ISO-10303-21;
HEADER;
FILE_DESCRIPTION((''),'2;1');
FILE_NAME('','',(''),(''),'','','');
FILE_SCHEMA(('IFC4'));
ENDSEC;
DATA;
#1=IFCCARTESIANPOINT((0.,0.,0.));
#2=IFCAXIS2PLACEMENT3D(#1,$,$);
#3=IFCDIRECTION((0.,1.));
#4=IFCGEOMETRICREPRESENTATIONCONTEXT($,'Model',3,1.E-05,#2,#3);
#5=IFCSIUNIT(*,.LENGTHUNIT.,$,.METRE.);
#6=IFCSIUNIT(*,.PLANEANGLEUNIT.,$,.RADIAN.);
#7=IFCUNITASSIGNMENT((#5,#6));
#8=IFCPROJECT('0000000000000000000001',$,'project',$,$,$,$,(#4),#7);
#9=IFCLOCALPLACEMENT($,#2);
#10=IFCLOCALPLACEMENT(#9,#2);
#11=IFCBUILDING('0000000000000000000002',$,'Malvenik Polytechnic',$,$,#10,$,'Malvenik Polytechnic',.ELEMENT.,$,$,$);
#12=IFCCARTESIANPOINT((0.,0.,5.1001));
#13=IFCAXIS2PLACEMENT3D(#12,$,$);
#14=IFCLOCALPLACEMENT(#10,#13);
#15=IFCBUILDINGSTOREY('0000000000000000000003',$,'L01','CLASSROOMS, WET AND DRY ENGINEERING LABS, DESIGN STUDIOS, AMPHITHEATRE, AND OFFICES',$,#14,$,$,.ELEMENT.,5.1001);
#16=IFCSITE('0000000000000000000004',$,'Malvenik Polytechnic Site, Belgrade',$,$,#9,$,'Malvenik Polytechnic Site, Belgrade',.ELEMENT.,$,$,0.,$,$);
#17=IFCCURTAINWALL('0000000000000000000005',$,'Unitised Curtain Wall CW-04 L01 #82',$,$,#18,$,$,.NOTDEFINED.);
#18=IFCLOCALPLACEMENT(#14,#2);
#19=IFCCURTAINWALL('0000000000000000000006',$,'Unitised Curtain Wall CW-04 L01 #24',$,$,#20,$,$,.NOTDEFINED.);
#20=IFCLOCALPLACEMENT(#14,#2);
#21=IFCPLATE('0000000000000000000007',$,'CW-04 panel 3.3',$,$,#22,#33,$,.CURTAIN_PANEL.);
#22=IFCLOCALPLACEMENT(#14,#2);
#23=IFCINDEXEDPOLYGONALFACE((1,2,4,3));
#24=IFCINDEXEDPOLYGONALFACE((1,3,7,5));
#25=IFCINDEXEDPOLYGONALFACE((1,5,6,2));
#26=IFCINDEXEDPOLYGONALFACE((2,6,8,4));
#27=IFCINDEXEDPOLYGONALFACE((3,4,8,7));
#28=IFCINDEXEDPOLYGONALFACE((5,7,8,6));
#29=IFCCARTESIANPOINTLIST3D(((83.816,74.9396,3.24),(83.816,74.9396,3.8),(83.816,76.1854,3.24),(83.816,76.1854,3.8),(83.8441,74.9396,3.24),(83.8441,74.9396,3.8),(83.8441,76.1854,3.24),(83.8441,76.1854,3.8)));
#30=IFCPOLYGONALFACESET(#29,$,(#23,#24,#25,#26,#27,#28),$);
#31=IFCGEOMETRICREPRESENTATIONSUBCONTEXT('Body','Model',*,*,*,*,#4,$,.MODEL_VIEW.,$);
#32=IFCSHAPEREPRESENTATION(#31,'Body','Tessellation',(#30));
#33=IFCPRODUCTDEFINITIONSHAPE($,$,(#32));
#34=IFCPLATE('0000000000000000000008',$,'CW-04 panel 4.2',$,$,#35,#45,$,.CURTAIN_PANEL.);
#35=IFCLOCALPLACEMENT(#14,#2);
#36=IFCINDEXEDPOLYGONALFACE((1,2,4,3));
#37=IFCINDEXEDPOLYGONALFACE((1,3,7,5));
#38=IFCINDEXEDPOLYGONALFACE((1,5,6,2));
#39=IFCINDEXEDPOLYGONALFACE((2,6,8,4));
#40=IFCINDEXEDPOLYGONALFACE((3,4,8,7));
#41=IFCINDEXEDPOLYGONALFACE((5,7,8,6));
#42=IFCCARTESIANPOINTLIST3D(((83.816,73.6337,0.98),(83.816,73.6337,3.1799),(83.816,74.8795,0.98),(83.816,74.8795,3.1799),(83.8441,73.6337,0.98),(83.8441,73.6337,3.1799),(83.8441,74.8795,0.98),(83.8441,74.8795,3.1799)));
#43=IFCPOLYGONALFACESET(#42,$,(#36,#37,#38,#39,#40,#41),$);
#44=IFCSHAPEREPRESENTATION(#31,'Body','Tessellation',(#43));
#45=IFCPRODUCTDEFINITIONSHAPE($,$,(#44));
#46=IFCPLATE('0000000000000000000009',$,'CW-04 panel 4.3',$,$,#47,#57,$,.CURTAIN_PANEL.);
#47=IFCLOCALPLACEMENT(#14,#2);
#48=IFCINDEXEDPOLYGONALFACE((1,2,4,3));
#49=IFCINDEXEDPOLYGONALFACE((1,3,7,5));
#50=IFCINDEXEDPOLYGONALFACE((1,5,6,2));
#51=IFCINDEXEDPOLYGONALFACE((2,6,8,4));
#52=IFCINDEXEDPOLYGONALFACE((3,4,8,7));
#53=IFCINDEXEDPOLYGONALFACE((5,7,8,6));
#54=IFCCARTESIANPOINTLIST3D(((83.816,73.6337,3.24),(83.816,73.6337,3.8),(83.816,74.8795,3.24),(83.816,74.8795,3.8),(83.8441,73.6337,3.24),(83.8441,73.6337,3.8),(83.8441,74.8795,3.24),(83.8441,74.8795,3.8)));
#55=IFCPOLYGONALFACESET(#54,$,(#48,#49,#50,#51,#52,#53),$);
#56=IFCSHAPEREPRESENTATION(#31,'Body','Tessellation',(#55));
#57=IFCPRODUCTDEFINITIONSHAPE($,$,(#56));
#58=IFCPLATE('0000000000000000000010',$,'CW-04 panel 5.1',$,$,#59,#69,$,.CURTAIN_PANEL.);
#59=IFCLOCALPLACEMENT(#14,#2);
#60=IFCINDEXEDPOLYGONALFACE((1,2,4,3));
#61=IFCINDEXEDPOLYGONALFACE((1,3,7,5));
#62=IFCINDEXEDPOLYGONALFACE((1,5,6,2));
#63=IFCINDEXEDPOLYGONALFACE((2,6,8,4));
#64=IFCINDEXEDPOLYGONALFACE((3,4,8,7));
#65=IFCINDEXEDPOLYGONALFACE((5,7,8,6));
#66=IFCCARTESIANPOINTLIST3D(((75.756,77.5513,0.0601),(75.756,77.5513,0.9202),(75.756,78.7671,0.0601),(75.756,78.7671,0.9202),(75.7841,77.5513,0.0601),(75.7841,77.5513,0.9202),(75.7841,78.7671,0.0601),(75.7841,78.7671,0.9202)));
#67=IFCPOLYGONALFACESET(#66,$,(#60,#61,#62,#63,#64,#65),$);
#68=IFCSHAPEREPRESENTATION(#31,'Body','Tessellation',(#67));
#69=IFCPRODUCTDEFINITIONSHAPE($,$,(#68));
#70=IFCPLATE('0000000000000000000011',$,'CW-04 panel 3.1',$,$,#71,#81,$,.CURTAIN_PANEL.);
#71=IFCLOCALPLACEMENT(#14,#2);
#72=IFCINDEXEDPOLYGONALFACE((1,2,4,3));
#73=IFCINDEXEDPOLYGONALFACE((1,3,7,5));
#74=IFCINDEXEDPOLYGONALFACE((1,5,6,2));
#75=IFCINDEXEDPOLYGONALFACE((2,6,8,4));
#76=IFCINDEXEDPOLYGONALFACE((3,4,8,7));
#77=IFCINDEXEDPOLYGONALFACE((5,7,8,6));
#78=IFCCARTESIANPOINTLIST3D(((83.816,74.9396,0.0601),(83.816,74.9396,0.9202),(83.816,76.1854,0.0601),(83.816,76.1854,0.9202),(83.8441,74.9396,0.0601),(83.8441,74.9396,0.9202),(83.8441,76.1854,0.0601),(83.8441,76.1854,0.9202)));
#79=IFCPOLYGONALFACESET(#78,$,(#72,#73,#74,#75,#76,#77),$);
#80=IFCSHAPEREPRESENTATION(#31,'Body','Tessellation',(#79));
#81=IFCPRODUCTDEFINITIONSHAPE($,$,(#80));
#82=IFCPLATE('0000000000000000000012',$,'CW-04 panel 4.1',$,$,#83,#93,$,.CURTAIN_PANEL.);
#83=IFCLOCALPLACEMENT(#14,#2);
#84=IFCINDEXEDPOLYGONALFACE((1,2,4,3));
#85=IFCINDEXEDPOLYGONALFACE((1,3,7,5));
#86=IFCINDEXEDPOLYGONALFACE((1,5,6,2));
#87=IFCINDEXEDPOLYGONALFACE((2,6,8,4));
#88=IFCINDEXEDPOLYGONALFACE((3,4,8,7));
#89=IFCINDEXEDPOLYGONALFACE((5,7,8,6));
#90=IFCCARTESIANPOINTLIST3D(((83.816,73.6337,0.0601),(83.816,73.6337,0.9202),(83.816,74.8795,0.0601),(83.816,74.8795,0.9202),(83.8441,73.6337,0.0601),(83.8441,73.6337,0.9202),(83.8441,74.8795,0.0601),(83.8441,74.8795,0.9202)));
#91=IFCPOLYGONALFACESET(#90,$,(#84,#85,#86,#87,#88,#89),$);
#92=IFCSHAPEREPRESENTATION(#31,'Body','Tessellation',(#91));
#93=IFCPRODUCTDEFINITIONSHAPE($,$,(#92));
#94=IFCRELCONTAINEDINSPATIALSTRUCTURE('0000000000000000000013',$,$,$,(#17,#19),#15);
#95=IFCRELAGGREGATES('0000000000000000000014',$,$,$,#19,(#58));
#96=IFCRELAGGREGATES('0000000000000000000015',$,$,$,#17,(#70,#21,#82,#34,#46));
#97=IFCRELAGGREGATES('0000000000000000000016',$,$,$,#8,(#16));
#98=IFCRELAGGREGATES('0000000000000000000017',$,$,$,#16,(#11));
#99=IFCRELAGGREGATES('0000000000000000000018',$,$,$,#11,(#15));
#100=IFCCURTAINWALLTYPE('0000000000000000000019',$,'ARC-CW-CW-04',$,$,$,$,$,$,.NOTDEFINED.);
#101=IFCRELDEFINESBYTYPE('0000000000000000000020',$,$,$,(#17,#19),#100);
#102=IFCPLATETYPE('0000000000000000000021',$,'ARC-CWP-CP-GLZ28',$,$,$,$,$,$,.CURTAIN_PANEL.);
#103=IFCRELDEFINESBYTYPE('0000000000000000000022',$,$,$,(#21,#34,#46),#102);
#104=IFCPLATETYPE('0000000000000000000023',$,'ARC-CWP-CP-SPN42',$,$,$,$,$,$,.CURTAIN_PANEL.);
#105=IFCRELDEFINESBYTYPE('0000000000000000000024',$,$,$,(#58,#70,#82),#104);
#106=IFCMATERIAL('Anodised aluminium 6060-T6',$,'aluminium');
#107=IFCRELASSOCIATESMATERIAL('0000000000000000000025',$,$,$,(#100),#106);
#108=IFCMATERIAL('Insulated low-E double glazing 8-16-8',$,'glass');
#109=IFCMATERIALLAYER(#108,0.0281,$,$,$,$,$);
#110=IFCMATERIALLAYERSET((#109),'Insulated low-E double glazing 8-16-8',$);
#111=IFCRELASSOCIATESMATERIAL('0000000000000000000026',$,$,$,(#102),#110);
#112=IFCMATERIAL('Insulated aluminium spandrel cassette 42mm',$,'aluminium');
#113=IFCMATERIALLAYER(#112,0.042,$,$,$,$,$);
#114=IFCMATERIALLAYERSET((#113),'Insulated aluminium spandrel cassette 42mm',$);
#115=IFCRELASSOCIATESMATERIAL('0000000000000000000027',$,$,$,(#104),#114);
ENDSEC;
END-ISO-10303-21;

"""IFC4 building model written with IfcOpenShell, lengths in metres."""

from ifc_helpers import new_model, si_unit, direction, frame, origin, origin_2d, place, context, subcontext, project, spatial, rectangle, extrude, material, layer, layer_set, type_object, element, aggregate, save


model = new_model("IFC4")

# Units and contexts
model_context = context("Model", 3, precision=1e-05, world=origin(), true_north=direction((0.0, 1.0)))
body_context = subcontext(model_context, "Body", "Model", "MODEL_VIEW")
ifc_project = project(units=[si_unit("LENGTHUNIT", "METRE"), si_unit("PLANEANGLEUNIT", "RADIAN")], contexts=[model_context])

# Site, building, storey
site_placement = place(None, origin())
site = spatial("IfcSite", under=ifc_project, at=site_placement, Name="Malvenik Polytechnic Site, Belgrade", LongName="Malvenik Polytechnic Site, Belgrade", CompositionType="ELEMENT", RefElevation=0.0)
building_placement = place(site_placement, origin())
building = spatial("IfcBuilding", under=site, at=building_placement, Name="Malvenik Polytechnic", LongName="Malvenik Polytechnic", CompositionType="ELEMENT")
storey_placement = place(building_placement, frame((0.0, 0.0, 5.1001)))
storey = spatial("IfcBuildingStorey", under=building, at=storey_placement, Name="L01", Description="CLASSROOMS, WET AND DRY ENGINEERING LABS, DESIGN STUDIOS, AMPHITHEATRE, AND OFFICES", CompositionType="ELEMENT", Elevation=5.1001)

# Curtain wall
ifc_material_1 = material(Name="Anodised aluminium 6060-T6", Category="aluminium")
curtain_wall_type = type_object("IfcCurtainWallType", Name="ARC-CW-CW-04", PredefinedType="NOTDEFINED", material=ifc_material_1)
curtain_wall_1_placement = place(storey_placement, origin())
curtain_wall_1 = element("IfcCurtainWall", 1, at=curtain_wall_1_placement, inside=storey, type_object=curtain_wall_type, Name="Unitised Curtain Wall CW-04 L01 #82", PredefinedType="NOTDEFINED")

# Curtain wall
curtain_wall_2_placement = place(storey_placement, origin())
curtain_wall_2 = element("IfcCurtainWall", 2, at=curtain_wall_2_placement, inside=storey, type_object=curtain_wall_type, Name="Unitised Curtain Wall CW-04 L01 #24", PredefinedType="NOTDEFINED")

# Plates
ifc_material_2 = material(Name="Insulated low-E double glazing 8-16-8", Category="glass")
ifc_layer_1 = layer(ifc_material_2, 0.0281)
ifc_layer_set_1 = layer_set([ifc_layer_1], Name="Insulated low-E double glazing 8-16-8")
plate_type_1 = type_object("IfcPlateType", Name="ARC-CWP-CP-GLZ28", PredefinedType="CURTAIN_PANEL", material=ifc_layer_set_1)
plate_1_placement = place(storey_placement, frame((83.8301, 75.5625, 3.24), z_axis=(0.0, 0.0, 1.0), x_axis=(0.0, -1.0, 0.0)))
plate_1 = element("IfcPlate", 3, at=plate_1_placement, type_object=plate_type_1, Name="CW-04 panel 3.3", PredefinedType="CURTAIN_PANEL", context=body_context, shape_type="SweptSolid", body=[
    extrude(rectangle(XDim=1.2458, YDim=0.0281, at=origin_2d()), origin(), (0.0, 0.0, 1.0), 0.5601),
])
plate_2_placement = place(storey_placement, frame((83.8301, 74.2566, 0.98), z_axis=(0.0, 0.0, 1.0), x_axis=(0.0, -1.0, 0.0)))
plate_2 = element("IfcPlate", 4, at=plate_2_placement, type_object=plate_type_1, Name="CW-04 panel 4.2", PredefinedType="CURTAIN_PANEL", context=body_context, shape_type="SweptSolid", body=[
    extrude(rectangle(XDim=1.2458, YDim=0.0281, at=origin_2d()), origin(), (0.0, 0.0, 1.0), 2.2),
])
plate_3_placement = place(storey_placement, frame((83.8301, 74.2566, 3.24), z_axis=(0.0, 0.0, 1.0), x_axis=(0.0, -1.0, 0.0)))
plate_3 = element("IfcPlate", 5, at=plate_3_placement, type_object=plate_type_1, Name="CW-04 panel 4.3", PredefinedType="CURTAIN_PANEL", context=body_context, shape_type="SweptSolid", body=[
    extrude(rectangle(XDim=1.2458, YDim=0.0281, at=origin_2d()), origin(), (0.0, 0.0, 1.0), 0.5601),
])
ifc_material_3 = material(Name="Insulated aluminium spandrel cassette 42mm", Category="aluminium")
ifc_layer_2 = layer(ifc_material_3, 0.042)
ifc_layer_set_2 = layer_set([ifc_layer_2], Name="Insulated aluminium spandrel cassette 42mm")
plate_type_2 = type_object("IfcPlateType", Name="ARC-CWP-CP-SPN42", PredefinedType="CURTAIN_PANEL", material=ifc_layer_set_2)
plate_4_placement = place(storey_placement, frame((75.77, 78.1592, 0.0601), z_axis=(0.0, 0.0, 1.0), x_axis=(0.0, 1.0, 0.0)))
plate_4 = element("IfcPlate", 6, at=plate_4_placement, type_object=plate_type_2, Name="CW-04 panel 5.1", PredefinedType="CURTAIN_PANEL", context=body_context, shape_type="SweptSolid", body=[
    extrude(rectangle(XDim=1.2158, YDim=0.0281, at=origin_2d()), origin(), (0.0, 0.0, 1.0), 0.8601),
])
aggregate(curtain_wall_2, [plate_4])
plate_5_placement = place(storey_placement, frame((83.8301, 75.5625, 0.0601), z_axis=(0.0, 0.0, 1.0), x_axis=(0.0, -1.0, 0.0)))
plate_5 = element("IfcPlate", 7, at=plate_5_placement, type_object=plate_type_2, Name="CW-04 panel 3.1", PredefinedType="CURTAIN_PANEL", context=body_context, shape_type="SweptSolid", body=[
    extrude(rectangle(XDim=1.2458, YDim=0.0281, at=origin_2d()), origin(), (0.0, 0.0, 1.0), 0.8601),
])
plate_6_placement = place(storey_placement, frame((83.8301, 74.2566, 0.0601), z_axis=(0.0, 0.0, 1.0), x_axis=(0.0, -1.0, 0.0)))
plate_6 = element("IfcPlate", 8, at=plate_6_placement, type_object=plate_type_2, Name="CW-04 panel 4.1", PredefinedType="CURTAIN_PANEL", context=body_context, shape_type="SweptSolid", body=[
    extrude(rectangle(XDim=1.2458, YDim=0.0281, at=origin_2d()), origin(), (0.0, 0.0, 1.0), 0.8601),
])
aggregate(curtain_wall_1, [plate_5, plate_1, plate_6, plate_2, plate_3])

save(model, "model.ifc")
